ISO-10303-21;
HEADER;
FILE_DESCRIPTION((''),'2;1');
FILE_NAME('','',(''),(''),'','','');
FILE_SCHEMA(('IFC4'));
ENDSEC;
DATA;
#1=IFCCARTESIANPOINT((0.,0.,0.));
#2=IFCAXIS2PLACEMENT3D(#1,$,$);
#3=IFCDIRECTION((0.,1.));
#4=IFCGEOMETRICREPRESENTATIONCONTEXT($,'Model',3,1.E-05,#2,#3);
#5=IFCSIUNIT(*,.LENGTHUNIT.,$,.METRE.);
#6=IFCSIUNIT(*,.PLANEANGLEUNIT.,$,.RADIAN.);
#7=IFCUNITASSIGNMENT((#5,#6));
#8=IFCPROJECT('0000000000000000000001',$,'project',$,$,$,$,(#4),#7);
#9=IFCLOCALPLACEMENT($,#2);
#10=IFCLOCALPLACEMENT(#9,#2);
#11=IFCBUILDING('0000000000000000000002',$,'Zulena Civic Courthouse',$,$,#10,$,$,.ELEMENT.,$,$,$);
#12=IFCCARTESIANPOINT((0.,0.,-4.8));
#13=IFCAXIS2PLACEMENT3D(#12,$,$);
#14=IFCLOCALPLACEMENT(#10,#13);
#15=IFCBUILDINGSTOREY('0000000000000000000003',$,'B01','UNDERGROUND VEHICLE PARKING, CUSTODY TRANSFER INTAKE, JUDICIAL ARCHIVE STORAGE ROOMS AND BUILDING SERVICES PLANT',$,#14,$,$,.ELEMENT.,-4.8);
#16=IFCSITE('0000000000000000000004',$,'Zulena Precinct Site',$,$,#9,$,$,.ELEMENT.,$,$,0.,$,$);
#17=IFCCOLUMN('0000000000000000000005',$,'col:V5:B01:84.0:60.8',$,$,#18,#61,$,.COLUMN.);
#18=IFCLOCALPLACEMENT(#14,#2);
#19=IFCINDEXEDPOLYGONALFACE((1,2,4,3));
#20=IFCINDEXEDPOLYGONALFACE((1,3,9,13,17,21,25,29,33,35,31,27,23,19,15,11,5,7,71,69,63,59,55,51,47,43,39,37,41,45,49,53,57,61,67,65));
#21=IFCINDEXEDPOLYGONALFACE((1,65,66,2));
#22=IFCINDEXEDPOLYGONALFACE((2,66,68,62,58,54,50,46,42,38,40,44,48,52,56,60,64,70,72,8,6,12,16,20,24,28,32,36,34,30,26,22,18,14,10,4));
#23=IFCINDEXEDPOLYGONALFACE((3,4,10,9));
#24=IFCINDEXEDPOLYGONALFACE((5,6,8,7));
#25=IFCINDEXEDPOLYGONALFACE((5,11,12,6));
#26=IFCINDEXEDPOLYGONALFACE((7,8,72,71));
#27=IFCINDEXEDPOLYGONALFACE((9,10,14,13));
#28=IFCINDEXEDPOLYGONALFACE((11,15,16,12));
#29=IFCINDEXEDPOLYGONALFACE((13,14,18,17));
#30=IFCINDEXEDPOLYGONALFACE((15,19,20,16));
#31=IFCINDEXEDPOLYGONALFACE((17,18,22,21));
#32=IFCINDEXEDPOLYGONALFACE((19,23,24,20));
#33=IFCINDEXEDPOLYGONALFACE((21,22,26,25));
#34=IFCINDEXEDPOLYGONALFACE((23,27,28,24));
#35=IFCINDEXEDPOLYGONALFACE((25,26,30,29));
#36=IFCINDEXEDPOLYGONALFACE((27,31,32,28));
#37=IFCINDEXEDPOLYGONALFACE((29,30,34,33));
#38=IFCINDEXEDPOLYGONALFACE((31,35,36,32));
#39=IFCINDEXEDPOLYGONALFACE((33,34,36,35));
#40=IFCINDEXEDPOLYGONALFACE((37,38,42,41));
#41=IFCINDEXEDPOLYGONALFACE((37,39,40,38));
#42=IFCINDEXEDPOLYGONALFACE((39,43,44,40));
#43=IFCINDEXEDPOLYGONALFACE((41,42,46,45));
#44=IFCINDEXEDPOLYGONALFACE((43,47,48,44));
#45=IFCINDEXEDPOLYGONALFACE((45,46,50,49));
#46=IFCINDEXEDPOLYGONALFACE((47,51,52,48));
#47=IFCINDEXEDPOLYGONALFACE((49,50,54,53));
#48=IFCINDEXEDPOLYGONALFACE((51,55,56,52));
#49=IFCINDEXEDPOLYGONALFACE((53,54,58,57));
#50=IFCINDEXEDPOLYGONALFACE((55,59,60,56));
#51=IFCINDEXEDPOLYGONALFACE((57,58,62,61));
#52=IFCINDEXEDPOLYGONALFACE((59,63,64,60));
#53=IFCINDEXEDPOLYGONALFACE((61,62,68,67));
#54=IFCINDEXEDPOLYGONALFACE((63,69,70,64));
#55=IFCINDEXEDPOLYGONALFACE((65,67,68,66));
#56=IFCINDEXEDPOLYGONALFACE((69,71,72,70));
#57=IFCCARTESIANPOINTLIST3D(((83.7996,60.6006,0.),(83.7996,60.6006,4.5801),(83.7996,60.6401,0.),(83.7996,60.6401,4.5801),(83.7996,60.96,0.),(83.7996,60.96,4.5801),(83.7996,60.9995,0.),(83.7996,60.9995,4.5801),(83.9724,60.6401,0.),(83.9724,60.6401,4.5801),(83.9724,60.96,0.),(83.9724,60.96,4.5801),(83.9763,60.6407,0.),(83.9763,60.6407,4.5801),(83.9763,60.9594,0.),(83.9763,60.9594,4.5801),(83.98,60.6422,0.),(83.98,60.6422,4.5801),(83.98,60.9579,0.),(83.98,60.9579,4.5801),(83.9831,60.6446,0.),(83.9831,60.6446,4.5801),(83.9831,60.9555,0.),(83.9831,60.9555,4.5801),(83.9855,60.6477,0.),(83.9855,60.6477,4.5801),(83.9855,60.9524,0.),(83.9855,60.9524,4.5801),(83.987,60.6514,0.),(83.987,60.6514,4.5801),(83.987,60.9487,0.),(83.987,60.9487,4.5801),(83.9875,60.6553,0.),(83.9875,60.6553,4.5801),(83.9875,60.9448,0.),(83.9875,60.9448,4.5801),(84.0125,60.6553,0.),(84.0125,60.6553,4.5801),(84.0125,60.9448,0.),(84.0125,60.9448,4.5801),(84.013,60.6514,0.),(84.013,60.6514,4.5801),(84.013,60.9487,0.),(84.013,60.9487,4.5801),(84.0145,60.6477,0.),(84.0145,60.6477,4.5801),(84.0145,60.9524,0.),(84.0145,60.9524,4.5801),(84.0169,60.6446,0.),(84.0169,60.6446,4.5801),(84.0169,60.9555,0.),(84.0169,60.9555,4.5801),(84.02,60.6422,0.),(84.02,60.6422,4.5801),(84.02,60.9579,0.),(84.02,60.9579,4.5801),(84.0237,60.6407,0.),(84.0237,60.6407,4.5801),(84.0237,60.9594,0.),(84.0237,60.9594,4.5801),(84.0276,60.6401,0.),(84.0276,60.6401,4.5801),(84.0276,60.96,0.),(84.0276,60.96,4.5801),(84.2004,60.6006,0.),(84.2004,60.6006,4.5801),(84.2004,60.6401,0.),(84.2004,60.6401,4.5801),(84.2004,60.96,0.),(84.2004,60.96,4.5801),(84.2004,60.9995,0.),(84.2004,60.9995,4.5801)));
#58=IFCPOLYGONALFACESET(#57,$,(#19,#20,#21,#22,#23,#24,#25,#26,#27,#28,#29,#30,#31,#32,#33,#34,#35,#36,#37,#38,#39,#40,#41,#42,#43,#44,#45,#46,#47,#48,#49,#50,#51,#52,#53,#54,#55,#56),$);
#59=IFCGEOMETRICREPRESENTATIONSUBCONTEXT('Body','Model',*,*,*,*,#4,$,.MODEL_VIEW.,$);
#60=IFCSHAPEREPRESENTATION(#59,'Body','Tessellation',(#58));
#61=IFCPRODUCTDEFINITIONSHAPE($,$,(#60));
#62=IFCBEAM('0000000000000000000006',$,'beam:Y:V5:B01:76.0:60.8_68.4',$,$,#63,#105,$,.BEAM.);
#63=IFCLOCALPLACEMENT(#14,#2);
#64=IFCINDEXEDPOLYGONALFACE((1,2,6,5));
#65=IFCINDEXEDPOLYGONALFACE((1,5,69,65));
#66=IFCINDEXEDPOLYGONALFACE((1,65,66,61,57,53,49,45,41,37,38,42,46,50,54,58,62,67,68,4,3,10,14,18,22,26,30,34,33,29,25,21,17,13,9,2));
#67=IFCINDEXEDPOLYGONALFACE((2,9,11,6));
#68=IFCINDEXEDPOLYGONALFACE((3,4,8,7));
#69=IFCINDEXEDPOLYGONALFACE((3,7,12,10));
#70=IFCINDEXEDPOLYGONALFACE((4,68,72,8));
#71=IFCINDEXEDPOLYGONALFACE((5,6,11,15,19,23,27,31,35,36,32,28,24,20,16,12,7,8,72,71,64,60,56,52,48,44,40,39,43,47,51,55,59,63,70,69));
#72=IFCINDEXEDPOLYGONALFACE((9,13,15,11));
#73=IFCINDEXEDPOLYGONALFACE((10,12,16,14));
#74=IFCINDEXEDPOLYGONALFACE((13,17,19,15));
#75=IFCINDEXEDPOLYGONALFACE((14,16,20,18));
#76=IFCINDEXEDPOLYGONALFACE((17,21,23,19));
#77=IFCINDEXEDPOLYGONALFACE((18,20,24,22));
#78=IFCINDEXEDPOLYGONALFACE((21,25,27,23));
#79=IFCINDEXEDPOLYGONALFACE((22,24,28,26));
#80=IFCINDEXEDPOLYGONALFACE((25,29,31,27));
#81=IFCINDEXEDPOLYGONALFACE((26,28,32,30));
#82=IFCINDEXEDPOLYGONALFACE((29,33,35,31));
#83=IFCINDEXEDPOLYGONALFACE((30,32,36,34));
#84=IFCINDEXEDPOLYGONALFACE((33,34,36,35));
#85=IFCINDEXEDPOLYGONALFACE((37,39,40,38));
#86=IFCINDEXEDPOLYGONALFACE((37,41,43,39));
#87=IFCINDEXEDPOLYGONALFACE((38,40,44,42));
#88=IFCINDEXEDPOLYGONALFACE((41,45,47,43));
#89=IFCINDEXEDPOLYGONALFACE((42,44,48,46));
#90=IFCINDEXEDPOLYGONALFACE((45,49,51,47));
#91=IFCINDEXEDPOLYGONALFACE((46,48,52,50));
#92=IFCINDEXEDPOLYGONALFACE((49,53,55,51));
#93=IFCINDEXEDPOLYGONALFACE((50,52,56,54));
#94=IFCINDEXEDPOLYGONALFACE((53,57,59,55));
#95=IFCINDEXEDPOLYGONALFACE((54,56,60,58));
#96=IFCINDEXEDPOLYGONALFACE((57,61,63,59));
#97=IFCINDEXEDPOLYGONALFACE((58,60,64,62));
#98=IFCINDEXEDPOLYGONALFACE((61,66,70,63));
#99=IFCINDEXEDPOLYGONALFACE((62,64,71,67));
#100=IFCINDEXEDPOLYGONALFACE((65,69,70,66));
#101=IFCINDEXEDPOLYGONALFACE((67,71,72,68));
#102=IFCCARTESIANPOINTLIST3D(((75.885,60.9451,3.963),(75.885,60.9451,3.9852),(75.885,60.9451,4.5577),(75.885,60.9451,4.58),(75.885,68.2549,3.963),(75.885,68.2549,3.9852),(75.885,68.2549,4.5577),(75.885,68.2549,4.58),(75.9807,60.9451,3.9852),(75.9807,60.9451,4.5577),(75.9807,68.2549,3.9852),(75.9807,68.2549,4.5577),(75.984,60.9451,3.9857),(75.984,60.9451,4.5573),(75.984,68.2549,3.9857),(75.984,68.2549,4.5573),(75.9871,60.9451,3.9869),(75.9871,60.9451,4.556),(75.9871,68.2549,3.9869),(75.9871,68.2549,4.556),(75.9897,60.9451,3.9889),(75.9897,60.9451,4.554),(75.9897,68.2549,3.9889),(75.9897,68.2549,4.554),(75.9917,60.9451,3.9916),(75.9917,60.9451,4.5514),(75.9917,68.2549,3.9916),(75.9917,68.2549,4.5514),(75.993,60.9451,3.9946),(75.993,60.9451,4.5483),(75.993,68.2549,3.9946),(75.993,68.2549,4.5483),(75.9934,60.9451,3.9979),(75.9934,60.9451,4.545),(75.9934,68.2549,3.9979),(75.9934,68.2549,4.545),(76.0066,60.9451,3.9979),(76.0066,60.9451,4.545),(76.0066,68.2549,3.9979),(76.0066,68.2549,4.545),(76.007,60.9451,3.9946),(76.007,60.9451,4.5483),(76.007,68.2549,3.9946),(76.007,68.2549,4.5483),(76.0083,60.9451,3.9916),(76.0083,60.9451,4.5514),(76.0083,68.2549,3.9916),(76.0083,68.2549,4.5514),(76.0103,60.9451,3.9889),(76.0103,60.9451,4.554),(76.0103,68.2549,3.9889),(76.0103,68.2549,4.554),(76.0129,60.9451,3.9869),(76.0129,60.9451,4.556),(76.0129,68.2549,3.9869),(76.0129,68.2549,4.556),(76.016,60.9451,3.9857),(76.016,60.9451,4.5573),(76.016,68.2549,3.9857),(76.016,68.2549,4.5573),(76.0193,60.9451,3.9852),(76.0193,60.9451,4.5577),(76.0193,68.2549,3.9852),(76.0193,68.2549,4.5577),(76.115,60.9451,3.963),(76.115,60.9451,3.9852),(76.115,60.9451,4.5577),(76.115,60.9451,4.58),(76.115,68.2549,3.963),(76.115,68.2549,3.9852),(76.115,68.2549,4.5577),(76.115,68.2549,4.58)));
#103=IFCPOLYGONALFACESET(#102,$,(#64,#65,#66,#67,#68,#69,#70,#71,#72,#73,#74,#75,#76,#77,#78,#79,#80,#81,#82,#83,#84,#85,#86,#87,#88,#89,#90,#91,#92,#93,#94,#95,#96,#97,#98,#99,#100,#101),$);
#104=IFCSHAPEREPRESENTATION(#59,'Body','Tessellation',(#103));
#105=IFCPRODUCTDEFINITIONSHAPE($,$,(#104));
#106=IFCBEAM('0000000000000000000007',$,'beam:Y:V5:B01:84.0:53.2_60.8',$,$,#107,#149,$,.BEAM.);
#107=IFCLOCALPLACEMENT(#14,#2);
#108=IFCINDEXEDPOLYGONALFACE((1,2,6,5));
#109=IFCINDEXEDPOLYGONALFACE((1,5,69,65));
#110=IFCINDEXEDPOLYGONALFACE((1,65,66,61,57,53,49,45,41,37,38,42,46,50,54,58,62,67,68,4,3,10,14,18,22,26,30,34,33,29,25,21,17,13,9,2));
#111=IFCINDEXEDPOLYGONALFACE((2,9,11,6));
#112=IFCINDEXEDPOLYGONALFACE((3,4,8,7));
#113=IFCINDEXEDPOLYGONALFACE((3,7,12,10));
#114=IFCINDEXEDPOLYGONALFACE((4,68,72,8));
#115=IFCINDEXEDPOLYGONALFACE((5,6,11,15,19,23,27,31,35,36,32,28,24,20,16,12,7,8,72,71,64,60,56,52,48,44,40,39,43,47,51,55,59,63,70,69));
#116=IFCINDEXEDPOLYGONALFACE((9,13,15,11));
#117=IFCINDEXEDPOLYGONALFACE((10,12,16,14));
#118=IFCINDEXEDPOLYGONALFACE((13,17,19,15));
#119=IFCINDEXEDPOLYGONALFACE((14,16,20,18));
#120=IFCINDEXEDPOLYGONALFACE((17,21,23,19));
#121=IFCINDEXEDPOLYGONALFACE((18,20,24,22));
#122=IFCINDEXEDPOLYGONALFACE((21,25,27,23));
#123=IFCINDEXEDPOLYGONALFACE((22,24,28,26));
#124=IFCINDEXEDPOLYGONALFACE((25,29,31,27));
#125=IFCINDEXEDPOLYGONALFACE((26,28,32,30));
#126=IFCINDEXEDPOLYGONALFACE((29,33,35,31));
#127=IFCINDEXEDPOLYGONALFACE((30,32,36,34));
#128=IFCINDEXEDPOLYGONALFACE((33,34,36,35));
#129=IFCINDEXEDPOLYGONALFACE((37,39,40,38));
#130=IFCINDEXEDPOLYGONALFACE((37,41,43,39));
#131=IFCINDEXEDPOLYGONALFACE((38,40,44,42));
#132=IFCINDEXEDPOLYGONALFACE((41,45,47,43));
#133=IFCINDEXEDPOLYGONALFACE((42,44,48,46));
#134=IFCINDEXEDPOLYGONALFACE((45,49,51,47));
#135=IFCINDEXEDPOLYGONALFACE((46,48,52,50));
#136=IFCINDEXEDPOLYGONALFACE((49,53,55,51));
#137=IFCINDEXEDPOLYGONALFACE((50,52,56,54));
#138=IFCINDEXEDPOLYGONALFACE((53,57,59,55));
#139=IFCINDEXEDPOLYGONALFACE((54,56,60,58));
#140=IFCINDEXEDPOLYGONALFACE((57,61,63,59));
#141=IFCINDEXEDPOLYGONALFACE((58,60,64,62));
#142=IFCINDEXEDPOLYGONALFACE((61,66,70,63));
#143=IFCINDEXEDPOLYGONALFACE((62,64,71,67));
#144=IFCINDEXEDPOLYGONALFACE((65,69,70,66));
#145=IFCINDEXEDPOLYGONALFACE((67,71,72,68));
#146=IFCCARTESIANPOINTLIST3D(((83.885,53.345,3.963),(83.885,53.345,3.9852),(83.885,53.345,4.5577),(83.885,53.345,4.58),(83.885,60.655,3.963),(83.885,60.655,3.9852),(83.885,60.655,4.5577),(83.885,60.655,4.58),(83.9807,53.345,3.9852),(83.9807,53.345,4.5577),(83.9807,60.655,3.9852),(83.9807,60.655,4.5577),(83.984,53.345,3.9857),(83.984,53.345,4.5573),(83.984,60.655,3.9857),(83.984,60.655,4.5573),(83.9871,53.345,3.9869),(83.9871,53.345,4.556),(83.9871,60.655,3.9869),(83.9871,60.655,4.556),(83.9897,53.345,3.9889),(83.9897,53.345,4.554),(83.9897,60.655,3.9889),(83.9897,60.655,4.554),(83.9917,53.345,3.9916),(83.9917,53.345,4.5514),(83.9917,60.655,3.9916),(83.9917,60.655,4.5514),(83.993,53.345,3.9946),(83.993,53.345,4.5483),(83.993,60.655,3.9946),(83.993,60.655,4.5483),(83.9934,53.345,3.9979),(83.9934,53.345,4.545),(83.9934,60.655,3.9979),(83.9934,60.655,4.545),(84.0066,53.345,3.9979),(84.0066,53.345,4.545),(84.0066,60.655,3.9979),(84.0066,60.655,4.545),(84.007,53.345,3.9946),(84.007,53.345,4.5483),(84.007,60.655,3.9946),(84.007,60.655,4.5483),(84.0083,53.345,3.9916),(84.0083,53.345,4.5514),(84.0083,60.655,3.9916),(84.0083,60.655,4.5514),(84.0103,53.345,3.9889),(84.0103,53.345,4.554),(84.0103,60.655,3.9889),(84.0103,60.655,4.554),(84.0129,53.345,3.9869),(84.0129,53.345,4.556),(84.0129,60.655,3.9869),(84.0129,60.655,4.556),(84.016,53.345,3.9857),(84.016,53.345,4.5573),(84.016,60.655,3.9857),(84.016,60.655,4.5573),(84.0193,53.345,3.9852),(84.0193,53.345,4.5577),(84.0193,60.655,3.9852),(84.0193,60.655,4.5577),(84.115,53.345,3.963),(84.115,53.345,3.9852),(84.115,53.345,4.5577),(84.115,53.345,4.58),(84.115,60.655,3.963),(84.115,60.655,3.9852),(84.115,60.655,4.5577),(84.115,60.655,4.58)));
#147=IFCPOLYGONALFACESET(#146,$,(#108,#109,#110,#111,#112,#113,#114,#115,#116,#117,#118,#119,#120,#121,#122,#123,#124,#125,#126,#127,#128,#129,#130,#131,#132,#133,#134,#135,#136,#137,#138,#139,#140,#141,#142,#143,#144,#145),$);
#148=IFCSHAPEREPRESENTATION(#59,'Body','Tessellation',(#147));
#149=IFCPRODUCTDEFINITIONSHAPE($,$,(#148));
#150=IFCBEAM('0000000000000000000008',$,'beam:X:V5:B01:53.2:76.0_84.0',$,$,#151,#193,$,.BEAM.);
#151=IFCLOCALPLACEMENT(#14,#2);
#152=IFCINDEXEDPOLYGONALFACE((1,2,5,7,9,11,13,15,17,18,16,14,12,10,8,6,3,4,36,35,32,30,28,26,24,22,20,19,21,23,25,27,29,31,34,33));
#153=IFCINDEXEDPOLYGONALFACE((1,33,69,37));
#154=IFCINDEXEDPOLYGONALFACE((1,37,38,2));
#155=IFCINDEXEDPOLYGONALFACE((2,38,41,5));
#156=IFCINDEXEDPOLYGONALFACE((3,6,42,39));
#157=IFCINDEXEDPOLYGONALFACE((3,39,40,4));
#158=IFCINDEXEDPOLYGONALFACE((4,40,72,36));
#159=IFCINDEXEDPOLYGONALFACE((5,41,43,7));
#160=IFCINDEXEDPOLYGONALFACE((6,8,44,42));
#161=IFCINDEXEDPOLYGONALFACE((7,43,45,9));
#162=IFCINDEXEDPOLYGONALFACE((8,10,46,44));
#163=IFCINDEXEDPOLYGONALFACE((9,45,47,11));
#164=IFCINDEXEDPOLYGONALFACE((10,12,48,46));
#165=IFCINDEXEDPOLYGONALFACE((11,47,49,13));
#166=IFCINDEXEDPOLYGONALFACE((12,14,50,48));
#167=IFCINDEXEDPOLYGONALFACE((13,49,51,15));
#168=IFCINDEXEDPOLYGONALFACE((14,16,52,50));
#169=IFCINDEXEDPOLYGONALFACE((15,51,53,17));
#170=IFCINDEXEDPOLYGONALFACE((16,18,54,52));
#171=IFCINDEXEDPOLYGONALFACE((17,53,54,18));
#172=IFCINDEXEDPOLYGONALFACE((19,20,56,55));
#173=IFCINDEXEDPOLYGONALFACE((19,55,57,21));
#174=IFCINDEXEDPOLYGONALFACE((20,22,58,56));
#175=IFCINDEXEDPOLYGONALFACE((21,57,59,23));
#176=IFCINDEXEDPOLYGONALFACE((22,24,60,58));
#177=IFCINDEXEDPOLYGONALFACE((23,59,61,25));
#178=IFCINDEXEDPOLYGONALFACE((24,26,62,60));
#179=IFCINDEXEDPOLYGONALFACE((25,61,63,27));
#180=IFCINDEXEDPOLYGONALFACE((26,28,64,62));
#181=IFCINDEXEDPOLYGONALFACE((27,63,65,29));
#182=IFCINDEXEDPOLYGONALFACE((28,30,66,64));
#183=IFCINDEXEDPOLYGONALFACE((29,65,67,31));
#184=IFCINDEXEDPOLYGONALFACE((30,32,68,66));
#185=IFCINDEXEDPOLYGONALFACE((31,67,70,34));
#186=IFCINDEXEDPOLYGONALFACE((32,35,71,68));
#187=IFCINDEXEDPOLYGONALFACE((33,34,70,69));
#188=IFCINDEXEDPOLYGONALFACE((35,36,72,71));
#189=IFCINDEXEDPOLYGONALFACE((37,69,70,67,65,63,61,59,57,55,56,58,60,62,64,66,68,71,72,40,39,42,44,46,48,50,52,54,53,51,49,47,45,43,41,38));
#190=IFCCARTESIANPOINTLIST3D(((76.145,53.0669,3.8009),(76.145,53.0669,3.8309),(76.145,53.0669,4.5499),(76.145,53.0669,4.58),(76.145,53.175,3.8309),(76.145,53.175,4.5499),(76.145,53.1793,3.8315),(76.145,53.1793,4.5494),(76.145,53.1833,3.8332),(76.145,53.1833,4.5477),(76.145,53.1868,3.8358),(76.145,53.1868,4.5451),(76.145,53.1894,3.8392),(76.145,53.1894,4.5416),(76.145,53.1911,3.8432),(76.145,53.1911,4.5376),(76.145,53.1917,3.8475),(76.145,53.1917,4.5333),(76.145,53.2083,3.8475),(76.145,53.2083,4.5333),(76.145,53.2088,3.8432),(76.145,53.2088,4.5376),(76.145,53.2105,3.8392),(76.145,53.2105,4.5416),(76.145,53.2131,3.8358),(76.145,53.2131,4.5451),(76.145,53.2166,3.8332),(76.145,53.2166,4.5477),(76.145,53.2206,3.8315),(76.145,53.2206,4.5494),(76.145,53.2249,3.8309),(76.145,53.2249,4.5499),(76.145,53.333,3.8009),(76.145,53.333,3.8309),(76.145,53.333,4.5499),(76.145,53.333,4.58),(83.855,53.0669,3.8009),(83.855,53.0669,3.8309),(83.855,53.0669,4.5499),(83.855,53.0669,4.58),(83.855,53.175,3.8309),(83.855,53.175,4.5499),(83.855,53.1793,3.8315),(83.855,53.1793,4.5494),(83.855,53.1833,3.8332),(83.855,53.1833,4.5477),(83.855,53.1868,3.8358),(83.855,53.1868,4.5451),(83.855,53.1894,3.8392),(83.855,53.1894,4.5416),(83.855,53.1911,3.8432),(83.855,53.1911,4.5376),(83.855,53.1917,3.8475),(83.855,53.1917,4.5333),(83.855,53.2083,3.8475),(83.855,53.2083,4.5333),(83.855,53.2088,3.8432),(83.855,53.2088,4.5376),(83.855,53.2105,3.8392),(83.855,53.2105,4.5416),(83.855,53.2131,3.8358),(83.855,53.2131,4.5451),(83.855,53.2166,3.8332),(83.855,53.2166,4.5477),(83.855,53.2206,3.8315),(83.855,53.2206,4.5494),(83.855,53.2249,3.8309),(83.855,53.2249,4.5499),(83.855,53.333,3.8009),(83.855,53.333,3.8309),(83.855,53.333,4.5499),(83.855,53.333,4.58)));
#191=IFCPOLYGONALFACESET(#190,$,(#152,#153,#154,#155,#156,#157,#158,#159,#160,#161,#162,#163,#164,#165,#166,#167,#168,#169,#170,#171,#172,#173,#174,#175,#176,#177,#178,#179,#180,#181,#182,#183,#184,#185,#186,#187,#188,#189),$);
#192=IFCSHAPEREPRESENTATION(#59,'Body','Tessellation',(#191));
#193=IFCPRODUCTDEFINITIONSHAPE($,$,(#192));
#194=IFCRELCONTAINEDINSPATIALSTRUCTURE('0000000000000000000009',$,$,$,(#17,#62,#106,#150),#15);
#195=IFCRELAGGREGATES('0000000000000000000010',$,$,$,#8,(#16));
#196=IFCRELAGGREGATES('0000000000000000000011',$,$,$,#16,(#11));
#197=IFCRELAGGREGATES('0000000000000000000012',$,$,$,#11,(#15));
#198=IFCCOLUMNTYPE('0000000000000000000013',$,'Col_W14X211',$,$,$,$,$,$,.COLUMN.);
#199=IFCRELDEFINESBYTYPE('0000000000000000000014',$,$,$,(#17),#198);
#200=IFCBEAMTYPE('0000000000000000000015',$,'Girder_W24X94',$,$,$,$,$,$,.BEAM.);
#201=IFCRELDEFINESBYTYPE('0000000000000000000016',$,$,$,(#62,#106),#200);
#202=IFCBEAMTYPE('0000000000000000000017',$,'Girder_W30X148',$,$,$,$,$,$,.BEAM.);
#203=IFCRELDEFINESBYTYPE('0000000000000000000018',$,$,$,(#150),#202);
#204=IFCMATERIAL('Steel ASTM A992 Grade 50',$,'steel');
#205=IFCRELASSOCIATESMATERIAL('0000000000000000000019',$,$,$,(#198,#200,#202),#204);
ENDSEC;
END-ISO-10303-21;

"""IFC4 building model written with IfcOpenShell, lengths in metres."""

from ifc_helpers import new_model, si_unit, direction, frame, origin, origin_2d, place, context, subcontext, project, spatial, i_section, extrude, material, material_profile, profile_set, type_object, element, save


model = new_model("IFC4")

# Units and contexts
model_context = context("Model", 3, precision=1e-05, world=origin(), true_north=direction((0.0, 1.0)))
body_context = subcontext(model_context, "Body", "Model", "MODEL_VIEW")
ifc_project = project(units=[si_unit("LENGTHUNIT", "METRE"), si_unit("PLANEANGLEUNIT", "RADIAN")], contexts=[model_context])

# Site, building, storey
site_placement = place(None, origin())
site = spatial("IfcSite", under=ifc_project, at=site_placement, Name="Zulena Precinct Site", CompositionType="ELEMENT", RefElevation=0.0)
building_placement = place(site_placement, origin())
building = spatial("IfcBuilding", under=site, at=building_placement, Name="Zulena Civic Courthouse", CompositionType="ELEMENT")
storey_placement = place(building_placement, frame((0.0, 0.0, -4.8)))
storey = spatial("IfcBuildingStorey", under=building, at=storey_placement, Name="B01", Description="UNDERGROUND VEHICLE PARKING, CUSTODY TRANSFER INTAKE, JUDICIAL ARCHIVE STORAGE ROOMS AND BUILDING SERVICES PLANT", CompositionType="ELEMENT", Elevation=-4.8)

# Column
ifc_material_1 = material(Name="Steel ASTM A992 Grade 50", Category="steel")
ifc_material_profile_1 = material_profile(ifc_material_1, i_section(OverallWidth=0.4009, OverallDepth=0.3989, WebThickness=0.0249, FlangeThickness=0.0396, FilletRadius=0.0151, at=origin_2d()), Name="W14X211")
ifc_profile_set_1 = profile_set([ifc_material_profile_1], Name="Steel ASTM A992 Grade 50")
column_type_1 = type_object("IfcColumnType", Name="Col_W14X211", PredefinedType="COLUMN", material=ifc_profile_set_1)
for number, where, z_axis, x_axis, name in (
    (1, (84.0, 60.8, 0.0), (0.0, 0.0, 1.0), (1.0, 0.0, 0.0), "col:V5:B01:84.0:60.8"),
):
    element("IfcColumn", number, at=place(storey_placement, frame(where, z_axis=z_axis, x_axis=x_axis)), inside=storey, type_object=column_type_1, Name=name, PredefinedType="COLUMN", context=body_context, shape_type="SweptSolid", body=[
        extrude(i_section(OverallWidth=0.4009, OverallDepth=0.3989, WebThickness=0.0249, FlangeThickness=0.0396, FilletRadius=0.0151, at=origin_2d()), origin(), (0.0, 0.0, 1.0), 4.5801),
    ])

# Beams
ifc_material_profile_2 = material_profile(ifc_material_1, i_section(OverallWidth=0.23, OverallDepth=0.6169, WebThickness=0.0132, FlangeThickness=0.0222, FilletRadius=0.0127, at=origin_2d()), Name="W24X94")
ifc_profile_set_2 = profile_set([ifc_material_profile_2], Name="Steel ASTM A992 Grade 50")
beam_type_1 = type_object("IfcBeamType", Name="Girder_W24X94", PredefinedType="BEAM", material=ifc_profile_set_2)
beam_1_placement = place(storey_placement, frame((76.0, 60.9451, 4.2715), z_axis=(0.0, 1.0, 0.0), x_axis=(-1.0, 0.0, 0.0)))
element("IfcBeam", 2, at=beam_1_placement, inside=storey, type_object=beam_type_1, Name="beam:Y:V5:B01:76.0:60.8_68.4", PredefinedType="BEAM", context=body_context, shape_type="SweptSolid", body=[
    extrude(i_section(OverallWidth=0.23, OverallDepth=0.6169, WebThickness=0.0132, FlangeThickness=0.0222, FilletRadius=0.0127, at=origin_2d()), origin(), (0.0, 0.0, 1.0), 7.3098),
])
beam_2_placement = place(storey_placement, frame((84.0, 53.345, 4.2715), z_axis=(0.0, 1.0, 0.0), x_axis=(-1.0, 0.0, 0.0)))
element("IfcBeam", 3, at=beam_2_placement, inside=storey, type_object=beam_type_1, Name="beam:Y:V5:B01:84.0:53.2_60.8", PredefinedType="BEAM", context=body_context, shape_type="SweptSolid", body=[
    extrude(i_section(OverallWidth=0.23, OverallDepth=0.6169, WebThickness=0.0132, FlangeThickness=0.0222, FilletRadius=0.0127, at=origin_2d()), origin(), (0.0, 0.0, 1.0), 7.3101),
])
ifc_material_profile_3 = material_profile(ifc_material_1, i_section(OverallWidth=0.2661, OverallDepth=0.7791, WebThickness=0.0166, FlangeThickness=0.03, FilletRadius=0.0166, at=origin_2d()), Name="W30X148")
ifc_profile_set_3 = profile_set([ifc_material_profile_3], Name="Steel ASTM A992 Grade 50")
beam_type_2 = type_object("IfcBeamType", Name="Girder_W30X148", PredefinedType="BEAM", material=ifc_profile_set_3)
for number, where, z_axis, x_axis, name in (
    (4, (76.145, 53.2, 4.1904), (1.0, 0.0, 0.0), (0.0, 1.0, 0.0), "beam:X:V5:B01:53.2:76.0_84.0"),
):
    element("IfcBeam", number, at=place(storey_placement, frame(where, z_axis=z_axis, x_axis=x_axis)), inside=storey, type_object=beam_type_2, Name=name, PredefinedType="BEAM", context=body_context, shape_type="SweptSolid", body=[
        extrude(i_section(OverallWidth=0.2661, OverallDepth=0.7791, WebThickness=0.0166, FlangeThickness=0.03, FilletRadius=0.0166, at=origin_2d()), origin(), (0.0, 0.0, 1.0), 7.71),
    ])

save(model, "model.ifc")
